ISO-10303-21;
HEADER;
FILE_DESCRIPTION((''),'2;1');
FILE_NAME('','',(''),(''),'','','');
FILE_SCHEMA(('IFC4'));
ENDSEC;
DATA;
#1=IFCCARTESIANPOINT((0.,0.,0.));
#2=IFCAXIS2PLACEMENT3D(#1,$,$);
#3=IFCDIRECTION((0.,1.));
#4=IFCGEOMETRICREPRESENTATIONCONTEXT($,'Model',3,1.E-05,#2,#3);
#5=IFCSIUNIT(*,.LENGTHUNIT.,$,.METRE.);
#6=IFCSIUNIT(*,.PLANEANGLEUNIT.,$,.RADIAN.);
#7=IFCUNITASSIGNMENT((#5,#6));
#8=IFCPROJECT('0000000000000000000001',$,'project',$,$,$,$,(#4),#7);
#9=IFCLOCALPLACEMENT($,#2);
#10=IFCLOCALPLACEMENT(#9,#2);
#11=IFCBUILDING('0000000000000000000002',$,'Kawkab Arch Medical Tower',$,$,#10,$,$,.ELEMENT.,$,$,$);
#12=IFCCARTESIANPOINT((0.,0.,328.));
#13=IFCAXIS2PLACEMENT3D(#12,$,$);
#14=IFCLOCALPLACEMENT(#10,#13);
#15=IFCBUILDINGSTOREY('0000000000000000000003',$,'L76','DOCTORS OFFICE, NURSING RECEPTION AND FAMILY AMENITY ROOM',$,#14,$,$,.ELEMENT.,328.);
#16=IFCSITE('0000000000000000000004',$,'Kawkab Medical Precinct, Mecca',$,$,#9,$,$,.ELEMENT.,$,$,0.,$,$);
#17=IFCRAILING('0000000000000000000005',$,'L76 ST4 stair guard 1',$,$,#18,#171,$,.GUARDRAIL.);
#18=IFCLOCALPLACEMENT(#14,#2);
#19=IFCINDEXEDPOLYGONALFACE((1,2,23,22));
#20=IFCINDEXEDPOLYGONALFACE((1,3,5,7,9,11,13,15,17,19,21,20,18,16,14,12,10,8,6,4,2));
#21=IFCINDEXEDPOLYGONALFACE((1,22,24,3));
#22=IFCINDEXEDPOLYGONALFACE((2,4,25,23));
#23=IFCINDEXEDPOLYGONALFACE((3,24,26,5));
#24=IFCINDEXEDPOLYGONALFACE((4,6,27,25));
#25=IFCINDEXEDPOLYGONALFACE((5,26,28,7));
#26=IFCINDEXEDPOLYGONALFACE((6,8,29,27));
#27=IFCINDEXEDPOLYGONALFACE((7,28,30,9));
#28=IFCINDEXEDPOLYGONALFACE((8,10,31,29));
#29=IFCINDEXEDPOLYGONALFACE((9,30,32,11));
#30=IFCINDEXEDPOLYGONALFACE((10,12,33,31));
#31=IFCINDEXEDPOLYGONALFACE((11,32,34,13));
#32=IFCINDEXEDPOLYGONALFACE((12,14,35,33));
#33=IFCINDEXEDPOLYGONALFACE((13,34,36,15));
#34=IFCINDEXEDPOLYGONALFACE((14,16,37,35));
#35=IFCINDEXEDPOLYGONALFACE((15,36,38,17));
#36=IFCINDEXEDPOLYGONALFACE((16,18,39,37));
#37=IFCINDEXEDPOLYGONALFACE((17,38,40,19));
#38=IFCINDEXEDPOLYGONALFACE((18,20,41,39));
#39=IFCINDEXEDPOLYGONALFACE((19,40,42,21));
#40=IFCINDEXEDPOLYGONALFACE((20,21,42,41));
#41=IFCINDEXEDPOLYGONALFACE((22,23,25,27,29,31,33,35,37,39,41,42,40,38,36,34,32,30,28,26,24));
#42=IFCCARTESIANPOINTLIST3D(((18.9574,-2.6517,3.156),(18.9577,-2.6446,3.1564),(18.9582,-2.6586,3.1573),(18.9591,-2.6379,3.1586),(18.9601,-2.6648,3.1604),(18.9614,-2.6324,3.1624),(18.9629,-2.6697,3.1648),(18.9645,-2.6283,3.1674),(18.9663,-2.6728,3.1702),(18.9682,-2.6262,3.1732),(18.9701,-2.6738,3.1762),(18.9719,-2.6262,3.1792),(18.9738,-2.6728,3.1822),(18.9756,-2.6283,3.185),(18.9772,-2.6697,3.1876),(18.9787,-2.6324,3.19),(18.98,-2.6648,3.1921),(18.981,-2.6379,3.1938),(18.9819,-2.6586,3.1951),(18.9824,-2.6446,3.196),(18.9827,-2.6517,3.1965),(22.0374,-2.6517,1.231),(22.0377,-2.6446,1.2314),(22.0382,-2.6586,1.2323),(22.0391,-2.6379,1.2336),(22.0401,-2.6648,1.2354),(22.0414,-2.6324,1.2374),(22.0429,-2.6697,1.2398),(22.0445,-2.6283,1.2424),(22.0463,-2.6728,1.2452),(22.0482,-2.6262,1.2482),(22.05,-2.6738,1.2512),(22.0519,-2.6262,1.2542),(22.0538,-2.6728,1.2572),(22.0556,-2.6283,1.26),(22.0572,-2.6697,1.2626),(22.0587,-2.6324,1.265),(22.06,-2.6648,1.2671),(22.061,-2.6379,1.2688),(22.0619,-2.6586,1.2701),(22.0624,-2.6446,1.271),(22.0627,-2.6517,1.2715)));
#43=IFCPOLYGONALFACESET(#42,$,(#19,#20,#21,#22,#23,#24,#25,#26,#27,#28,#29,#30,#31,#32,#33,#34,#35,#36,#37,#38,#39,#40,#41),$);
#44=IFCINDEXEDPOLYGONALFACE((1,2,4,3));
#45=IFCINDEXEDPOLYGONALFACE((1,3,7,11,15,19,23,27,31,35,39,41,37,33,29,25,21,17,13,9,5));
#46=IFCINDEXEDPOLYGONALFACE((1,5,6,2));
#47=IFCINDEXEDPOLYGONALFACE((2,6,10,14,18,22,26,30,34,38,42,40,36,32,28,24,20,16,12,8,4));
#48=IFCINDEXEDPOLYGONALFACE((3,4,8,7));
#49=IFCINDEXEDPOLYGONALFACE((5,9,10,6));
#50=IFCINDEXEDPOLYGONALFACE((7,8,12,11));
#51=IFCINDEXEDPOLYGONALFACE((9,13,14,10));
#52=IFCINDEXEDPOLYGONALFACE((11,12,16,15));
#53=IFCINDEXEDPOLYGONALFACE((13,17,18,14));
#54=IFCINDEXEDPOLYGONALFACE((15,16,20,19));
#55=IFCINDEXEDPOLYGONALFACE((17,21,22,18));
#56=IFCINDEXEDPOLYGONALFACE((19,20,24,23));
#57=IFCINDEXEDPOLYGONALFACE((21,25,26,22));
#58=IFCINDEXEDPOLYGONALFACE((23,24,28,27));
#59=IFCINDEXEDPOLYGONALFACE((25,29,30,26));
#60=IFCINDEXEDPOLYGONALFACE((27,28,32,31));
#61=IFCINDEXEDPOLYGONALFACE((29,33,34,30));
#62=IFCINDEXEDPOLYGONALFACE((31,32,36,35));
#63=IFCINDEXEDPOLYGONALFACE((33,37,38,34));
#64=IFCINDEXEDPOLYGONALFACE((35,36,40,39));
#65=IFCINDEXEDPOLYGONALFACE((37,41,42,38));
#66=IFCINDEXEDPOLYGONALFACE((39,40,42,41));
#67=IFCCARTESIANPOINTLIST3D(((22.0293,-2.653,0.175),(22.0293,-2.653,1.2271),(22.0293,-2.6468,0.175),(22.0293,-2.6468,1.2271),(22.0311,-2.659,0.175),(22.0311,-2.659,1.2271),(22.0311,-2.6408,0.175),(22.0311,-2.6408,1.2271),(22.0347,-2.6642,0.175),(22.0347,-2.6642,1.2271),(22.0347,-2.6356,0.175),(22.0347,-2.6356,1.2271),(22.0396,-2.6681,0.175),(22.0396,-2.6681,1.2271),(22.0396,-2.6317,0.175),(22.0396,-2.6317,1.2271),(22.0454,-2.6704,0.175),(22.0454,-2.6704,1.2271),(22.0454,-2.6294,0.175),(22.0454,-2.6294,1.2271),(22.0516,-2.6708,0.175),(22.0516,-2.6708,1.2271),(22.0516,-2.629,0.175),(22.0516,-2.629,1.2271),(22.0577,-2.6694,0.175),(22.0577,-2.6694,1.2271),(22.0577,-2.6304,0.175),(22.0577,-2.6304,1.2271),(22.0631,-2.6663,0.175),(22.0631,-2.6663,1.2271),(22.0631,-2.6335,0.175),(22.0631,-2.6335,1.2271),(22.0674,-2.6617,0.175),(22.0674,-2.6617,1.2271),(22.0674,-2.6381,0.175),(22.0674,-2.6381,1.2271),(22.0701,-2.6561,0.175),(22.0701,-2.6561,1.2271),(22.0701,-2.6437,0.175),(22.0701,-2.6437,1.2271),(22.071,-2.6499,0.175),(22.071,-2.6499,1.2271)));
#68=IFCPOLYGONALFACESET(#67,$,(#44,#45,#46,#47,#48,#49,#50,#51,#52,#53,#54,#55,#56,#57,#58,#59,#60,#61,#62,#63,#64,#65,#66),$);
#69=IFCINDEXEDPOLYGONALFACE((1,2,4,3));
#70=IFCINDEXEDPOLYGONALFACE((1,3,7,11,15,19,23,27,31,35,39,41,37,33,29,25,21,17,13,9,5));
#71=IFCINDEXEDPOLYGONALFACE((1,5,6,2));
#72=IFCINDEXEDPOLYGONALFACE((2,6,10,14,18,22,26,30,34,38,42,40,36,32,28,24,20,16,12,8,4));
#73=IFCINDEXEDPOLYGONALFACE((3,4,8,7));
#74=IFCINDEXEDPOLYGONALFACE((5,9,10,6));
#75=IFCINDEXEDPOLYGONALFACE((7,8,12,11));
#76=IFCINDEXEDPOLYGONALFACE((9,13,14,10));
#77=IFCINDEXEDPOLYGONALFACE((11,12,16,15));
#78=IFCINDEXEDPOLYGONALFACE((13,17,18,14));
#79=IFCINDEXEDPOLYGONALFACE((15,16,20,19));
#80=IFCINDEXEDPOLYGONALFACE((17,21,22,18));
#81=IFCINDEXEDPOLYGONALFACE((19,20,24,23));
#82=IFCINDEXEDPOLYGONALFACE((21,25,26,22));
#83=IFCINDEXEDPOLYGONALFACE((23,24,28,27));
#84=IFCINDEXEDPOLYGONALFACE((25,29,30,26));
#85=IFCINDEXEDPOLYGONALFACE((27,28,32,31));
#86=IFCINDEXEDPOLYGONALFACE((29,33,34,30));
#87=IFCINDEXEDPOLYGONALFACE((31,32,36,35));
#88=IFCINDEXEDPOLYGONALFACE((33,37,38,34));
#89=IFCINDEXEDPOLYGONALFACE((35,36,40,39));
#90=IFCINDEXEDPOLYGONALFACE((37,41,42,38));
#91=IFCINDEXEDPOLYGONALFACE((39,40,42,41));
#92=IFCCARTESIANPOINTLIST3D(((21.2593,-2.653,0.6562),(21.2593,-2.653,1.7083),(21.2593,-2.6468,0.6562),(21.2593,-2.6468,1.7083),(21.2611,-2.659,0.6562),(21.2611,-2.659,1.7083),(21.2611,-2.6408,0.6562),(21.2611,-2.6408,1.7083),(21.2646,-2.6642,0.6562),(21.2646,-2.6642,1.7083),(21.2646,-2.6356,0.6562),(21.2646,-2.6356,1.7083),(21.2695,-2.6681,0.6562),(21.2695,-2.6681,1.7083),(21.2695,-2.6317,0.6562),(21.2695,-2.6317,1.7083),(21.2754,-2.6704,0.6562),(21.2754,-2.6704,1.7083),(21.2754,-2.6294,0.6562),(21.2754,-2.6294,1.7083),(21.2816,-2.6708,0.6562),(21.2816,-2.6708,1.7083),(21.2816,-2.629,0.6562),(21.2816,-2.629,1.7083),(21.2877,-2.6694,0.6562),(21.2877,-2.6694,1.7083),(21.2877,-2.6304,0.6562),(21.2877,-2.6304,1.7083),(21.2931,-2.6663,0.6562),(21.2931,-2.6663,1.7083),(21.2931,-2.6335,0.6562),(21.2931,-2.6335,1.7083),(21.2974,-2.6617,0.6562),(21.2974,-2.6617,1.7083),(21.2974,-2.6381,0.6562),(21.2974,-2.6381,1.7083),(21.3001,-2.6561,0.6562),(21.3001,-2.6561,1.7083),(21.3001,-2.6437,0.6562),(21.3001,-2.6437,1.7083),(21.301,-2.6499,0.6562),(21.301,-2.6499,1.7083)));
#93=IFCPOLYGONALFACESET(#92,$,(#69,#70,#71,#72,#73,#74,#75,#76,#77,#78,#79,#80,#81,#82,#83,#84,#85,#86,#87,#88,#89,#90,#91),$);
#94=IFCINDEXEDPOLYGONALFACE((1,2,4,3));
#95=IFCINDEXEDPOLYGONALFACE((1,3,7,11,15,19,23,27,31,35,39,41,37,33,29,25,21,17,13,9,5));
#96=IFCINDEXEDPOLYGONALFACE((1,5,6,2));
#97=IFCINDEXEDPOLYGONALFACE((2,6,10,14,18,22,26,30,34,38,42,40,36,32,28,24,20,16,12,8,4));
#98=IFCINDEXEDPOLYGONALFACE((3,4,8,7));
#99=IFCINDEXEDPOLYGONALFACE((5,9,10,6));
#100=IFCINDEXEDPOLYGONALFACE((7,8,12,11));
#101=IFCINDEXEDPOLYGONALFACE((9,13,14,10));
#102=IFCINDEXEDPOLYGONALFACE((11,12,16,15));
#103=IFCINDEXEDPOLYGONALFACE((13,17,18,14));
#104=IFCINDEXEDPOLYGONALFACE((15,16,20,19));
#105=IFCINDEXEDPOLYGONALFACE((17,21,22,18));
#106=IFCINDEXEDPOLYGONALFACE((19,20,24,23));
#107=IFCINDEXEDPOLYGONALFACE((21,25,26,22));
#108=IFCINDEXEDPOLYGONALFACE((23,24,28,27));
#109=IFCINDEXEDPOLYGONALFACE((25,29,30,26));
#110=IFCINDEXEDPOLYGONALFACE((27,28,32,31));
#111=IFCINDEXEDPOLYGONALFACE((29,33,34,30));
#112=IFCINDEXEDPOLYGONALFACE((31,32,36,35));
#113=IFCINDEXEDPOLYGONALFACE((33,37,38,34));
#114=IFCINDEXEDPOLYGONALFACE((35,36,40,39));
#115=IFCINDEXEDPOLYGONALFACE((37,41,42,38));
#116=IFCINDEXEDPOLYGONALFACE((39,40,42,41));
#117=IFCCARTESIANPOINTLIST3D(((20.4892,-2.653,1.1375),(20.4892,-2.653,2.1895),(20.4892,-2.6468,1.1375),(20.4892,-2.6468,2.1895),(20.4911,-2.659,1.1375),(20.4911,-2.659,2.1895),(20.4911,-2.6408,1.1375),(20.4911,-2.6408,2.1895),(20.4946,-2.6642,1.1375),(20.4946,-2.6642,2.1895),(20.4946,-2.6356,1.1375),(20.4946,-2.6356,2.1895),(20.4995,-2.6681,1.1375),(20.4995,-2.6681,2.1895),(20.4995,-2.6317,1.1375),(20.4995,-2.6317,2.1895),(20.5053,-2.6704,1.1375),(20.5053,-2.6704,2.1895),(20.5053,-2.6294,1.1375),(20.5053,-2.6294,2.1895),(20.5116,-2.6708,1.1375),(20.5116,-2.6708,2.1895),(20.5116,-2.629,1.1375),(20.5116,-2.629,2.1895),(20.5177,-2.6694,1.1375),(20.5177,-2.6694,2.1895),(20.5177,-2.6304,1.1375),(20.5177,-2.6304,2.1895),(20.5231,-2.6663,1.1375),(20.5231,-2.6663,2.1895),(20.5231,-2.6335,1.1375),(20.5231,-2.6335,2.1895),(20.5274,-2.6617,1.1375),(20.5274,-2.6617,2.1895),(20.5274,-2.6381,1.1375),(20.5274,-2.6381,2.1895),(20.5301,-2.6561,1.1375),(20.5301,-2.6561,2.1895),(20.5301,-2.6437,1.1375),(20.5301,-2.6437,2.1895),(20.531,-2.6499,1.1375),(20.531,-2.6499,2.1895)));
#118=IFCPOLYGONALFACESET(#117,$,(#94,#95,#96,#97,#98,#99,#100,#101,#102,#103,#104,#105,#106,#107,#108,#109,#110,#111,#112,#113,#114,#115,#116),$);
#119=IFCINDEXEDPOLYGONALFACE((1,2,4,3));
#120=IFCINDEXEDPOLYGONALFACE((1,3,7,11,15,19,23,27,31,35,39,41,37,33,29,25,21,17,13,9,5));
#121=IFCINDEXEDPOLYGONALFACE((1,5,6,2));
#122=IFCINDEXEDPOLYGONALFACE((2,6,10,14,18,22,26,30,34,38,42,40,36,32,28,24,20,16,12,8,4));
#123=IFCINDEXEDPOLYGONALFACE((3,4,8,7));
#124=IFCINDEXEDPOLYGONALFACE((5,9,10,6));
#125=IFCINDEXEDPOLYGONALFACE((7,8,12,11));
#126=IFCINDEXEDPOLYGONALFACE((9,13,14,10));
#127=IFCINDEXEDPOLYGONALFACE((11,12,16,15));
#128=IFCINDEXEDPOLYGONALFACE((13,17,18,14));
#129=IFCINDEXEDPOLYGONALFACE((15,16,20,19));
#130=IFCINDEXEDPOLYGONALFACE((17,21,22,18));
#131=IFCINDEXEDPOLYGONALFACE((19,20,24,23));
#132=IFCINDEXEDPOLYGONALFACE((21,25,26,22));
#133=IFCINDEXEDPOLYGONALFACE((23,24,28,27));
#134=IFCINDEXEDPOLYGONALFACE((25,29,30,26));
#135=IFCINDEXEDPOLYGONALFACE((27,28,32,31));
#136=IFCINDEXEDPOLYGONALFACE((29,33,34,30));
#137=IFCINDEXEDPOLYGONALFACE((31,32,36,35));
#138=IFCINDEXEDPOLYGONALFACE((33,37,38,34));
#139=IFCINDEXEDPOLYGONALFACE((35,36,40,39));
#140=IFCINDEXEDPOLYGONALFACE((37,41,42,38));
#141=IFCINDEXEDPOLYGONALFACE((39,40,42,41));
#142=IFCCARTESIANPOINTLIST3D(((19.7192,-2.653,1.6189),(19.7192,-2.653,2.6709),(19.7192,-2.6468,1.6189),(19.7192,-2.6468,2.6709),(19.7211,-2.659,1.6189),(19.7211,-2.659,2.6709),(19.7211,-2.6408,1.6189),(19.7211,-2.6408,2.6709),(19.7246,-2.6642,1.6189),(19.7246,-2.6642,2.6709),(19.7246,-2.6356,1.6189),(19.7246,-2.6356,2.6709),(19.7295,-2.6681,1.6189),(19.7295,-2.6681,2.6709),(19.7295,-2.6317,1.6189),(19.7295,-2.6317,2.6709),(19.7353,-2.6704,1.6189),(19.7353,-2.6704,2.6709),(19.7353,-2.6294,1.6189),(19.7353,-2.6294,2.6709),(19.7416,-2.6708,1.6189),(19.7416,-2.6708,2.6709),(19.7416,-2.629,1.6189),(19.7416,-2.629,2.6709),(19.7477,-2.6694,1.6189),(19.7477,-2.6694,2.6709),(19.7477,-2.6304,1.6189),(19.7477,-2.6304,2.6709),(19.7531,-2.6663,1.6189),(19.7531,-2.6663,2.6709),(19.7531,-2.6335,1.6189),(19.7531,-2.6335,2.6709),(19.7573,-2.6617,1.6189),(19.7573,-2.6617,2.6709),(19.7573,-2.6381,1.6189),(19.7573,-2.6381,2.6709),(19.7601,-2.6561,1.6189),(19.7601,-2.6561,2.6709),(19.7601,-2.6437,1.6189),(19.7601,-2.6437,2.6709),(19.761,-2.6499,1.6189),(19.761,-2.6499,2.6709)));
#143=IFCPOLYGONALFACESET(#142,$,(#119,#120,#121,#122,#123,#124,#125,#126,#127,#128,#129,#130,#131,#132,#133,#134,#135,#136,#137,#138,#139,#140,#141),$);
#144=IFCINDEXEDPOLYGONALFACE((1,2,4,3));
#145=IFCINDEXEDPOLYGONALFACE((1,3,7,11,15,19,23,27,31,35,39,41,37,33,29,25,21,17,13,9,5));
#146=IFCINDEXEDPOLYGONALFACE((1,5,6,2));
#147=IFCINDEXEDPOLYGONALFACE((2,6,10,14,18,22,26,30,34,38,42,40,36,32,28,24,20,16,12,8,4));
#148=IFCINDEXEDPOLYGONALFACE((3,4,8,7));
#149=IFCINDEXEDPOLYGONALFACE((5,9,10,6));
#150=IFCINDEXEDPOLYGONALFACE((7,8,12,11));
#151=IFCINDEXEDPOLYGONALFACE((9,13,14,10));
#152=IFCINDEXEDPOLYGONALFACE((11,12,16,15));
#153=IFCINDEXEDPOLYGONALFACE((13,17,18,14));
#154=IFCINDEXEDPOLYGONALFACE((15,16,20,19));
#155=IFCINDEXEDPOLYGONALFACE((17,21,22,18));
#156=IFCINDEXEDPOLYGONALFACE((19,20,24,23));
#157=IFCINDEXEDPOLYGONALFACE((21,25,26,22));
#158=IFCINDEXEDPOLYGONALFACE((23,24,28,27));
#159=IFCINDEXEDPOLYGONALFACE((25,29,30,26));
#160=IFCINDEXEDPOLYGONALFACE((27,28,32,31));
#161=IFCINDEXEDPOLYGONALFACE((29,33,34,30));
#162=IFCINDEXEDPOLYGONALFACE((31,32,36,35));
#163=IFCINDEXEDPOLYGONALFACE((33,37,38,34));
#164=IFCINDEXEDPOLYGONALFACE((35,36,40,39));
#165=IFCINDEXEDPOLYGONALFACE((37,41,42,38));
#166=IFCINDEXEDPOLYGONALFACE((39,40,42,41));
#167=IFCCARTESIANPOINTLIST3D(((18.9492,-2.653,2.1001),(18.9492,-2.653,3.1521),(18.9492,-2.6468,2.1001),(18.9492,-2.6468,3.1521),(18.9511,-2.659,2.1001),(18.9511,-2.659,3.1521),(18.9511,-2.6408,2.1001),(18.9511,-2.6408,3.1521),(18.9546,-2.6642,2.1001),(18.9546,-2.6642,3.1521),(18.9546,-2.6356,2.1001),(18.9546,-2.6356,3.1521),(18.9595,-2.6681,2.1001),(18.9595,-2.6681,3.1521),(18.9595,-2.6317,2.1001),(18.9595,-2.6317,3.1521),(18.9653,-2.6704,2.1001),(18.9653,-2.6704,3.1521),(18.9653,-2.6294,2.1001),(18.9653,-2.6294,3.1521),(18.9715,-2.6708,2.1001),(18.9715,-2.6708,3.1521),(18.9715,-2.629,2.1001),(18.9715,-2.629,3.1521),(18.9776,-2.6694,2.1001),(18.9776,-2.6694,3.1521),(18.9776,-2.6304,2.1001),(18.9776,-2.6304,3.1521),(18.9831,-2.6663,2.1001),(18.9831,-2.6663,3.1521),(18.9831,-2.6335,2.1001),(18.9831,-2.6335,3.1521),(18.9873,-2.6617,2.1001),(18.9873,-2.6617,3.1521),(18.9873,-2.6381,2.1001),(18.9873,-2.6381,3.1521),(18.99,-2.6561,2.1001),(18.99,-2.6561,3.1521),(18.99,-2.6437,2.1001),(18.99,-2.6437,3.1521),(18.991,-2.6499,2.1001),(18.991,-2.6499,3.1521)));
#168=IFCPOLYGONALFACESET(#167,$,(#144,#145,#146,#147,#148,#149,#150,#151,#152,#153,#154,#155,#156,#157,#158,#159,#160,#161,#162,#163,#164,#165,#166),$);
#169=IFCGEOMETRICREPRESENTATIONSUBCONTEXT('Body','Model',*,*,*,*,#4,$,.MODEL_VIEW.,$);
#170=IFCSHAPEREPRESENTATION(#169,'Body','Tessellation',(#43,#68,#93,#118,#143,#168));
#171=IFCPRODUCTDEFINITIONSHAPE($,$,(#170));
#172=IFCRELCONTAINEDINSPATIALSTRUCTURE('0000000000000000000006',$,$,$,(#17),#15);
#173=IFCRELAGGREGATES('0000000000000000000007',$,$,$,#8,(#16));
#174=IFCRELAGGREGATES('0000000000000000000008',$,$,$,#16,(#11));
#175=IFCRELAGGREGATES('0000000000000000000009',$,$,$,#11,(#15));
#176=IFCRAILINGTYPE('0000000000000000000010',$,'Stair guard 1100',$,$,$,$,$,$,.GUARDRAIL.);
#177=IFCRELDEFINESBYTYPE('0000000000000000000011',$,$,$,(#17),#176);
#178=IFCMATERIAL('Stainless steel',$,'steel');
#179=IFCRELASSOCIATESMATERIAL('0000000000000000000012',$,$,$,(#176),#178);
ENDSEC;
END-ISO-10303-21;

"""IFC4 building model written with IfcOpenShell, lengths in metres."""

from ifc_helpers import new_model, si_unit, direction, frame, origin, origin_2d, place, context, subcontext, project, spatial, circle, extrude, material, type_object, element, save


model = new_model("IFC4")

# Units and contexts
model_context = context("Model", 3, precision=1e-05, world=origin(), true_north=direction((0.0, 1.0)))
body_context = subcontext(model_context, "Body", "Model", "MODEL_VIEW")
ifc_project = project(units=[si_unit("LENGTHUNIT", "METRE"), si_unit("PLANEANGLEUNIT", "RADIAN")], contexts=[model_context])

# Site, building, storey
site_placement = place(None, origin())
site = spatial("IfcSite", under=ifc_project, at=site_placement, Name="Kawkab Medical Precinct, Mecca", CompositionType="ELEMENT", RefElevation=0.0)
building_placement = place(site_placement, origin())
building = spatial("IfcBuilding", under=site, at=building_placement, Name="Kawkab Arch Medical Tower", CompositionType="ELEMENT")
storey_placement = place(building_placement, frame((0.0, 0.0, 328.0)))
storey = spatial("IfcBuildingStorey", under=building, at=storey_placement, Name="L76", Description="DOCTORS OFFICE, NURSING RECEPTION AND FAMILY AMENITY ROOM", CompositionType="ELEMENT", Elevation=328.0)

# Railing
ifc_material_1 = material(Name="Stainless steel", Category="steel")
railing_type_1 = type_object("IfcRailingType", Name="Stair guard 1100", PredefinedType="GUARDRAIL", material=ifc_material_1)
railing_1_placement = place(storey_placement, frame((22.05, -2.6499, 0.175)))
element("IfcRailing", 1, at=railing_1_placement, inside=storey, type_object=railing_type_1, Name="L76 ST4 stair guard 1", PredefinedType="GUARDRAIL", context=body_context, shape_type="SweptSolid", body=[
    extrude(circle(Radius=0.0239, at=origin_2d()), frame((0.0, 0.0, 1.0762), z_axis=(-0.847998, 0.0, 0.529999), x_axis=(0.0, -1.0, 0.0)), (0.0, 0.0, 1.0), 3.6321),
    extrude(circle(Radius=0.021, at=origin_2d()), origin(), (0.0, 0.0, 1.0), 1.052),
    extrude(circle(Radius=0.021, at=origin_2d()), frame((-0.77, 0.0, 0.4812)), (0.0, 0.0, 1.0), 1.052),
    extrude(circle(Radius=0.021, at=origin_2d()), frame((-1.54, 0.0, 0.9624)), (0.0, 0.0, 1.0), 1.052),
    extrude(circle(Radius=0.021, at=origin_2d()), frame((-2.3101, 0.0, 1.4438)), (0.0, 0.0, 1.0), 1.052),
    extrude(circle(Radius=0.021, at=origin_2d()), frame((-3.0801, 0.0, 1.925)), (0.0, 0.0, 1.0), 1.052),
])

save(model, "model.ifc")
